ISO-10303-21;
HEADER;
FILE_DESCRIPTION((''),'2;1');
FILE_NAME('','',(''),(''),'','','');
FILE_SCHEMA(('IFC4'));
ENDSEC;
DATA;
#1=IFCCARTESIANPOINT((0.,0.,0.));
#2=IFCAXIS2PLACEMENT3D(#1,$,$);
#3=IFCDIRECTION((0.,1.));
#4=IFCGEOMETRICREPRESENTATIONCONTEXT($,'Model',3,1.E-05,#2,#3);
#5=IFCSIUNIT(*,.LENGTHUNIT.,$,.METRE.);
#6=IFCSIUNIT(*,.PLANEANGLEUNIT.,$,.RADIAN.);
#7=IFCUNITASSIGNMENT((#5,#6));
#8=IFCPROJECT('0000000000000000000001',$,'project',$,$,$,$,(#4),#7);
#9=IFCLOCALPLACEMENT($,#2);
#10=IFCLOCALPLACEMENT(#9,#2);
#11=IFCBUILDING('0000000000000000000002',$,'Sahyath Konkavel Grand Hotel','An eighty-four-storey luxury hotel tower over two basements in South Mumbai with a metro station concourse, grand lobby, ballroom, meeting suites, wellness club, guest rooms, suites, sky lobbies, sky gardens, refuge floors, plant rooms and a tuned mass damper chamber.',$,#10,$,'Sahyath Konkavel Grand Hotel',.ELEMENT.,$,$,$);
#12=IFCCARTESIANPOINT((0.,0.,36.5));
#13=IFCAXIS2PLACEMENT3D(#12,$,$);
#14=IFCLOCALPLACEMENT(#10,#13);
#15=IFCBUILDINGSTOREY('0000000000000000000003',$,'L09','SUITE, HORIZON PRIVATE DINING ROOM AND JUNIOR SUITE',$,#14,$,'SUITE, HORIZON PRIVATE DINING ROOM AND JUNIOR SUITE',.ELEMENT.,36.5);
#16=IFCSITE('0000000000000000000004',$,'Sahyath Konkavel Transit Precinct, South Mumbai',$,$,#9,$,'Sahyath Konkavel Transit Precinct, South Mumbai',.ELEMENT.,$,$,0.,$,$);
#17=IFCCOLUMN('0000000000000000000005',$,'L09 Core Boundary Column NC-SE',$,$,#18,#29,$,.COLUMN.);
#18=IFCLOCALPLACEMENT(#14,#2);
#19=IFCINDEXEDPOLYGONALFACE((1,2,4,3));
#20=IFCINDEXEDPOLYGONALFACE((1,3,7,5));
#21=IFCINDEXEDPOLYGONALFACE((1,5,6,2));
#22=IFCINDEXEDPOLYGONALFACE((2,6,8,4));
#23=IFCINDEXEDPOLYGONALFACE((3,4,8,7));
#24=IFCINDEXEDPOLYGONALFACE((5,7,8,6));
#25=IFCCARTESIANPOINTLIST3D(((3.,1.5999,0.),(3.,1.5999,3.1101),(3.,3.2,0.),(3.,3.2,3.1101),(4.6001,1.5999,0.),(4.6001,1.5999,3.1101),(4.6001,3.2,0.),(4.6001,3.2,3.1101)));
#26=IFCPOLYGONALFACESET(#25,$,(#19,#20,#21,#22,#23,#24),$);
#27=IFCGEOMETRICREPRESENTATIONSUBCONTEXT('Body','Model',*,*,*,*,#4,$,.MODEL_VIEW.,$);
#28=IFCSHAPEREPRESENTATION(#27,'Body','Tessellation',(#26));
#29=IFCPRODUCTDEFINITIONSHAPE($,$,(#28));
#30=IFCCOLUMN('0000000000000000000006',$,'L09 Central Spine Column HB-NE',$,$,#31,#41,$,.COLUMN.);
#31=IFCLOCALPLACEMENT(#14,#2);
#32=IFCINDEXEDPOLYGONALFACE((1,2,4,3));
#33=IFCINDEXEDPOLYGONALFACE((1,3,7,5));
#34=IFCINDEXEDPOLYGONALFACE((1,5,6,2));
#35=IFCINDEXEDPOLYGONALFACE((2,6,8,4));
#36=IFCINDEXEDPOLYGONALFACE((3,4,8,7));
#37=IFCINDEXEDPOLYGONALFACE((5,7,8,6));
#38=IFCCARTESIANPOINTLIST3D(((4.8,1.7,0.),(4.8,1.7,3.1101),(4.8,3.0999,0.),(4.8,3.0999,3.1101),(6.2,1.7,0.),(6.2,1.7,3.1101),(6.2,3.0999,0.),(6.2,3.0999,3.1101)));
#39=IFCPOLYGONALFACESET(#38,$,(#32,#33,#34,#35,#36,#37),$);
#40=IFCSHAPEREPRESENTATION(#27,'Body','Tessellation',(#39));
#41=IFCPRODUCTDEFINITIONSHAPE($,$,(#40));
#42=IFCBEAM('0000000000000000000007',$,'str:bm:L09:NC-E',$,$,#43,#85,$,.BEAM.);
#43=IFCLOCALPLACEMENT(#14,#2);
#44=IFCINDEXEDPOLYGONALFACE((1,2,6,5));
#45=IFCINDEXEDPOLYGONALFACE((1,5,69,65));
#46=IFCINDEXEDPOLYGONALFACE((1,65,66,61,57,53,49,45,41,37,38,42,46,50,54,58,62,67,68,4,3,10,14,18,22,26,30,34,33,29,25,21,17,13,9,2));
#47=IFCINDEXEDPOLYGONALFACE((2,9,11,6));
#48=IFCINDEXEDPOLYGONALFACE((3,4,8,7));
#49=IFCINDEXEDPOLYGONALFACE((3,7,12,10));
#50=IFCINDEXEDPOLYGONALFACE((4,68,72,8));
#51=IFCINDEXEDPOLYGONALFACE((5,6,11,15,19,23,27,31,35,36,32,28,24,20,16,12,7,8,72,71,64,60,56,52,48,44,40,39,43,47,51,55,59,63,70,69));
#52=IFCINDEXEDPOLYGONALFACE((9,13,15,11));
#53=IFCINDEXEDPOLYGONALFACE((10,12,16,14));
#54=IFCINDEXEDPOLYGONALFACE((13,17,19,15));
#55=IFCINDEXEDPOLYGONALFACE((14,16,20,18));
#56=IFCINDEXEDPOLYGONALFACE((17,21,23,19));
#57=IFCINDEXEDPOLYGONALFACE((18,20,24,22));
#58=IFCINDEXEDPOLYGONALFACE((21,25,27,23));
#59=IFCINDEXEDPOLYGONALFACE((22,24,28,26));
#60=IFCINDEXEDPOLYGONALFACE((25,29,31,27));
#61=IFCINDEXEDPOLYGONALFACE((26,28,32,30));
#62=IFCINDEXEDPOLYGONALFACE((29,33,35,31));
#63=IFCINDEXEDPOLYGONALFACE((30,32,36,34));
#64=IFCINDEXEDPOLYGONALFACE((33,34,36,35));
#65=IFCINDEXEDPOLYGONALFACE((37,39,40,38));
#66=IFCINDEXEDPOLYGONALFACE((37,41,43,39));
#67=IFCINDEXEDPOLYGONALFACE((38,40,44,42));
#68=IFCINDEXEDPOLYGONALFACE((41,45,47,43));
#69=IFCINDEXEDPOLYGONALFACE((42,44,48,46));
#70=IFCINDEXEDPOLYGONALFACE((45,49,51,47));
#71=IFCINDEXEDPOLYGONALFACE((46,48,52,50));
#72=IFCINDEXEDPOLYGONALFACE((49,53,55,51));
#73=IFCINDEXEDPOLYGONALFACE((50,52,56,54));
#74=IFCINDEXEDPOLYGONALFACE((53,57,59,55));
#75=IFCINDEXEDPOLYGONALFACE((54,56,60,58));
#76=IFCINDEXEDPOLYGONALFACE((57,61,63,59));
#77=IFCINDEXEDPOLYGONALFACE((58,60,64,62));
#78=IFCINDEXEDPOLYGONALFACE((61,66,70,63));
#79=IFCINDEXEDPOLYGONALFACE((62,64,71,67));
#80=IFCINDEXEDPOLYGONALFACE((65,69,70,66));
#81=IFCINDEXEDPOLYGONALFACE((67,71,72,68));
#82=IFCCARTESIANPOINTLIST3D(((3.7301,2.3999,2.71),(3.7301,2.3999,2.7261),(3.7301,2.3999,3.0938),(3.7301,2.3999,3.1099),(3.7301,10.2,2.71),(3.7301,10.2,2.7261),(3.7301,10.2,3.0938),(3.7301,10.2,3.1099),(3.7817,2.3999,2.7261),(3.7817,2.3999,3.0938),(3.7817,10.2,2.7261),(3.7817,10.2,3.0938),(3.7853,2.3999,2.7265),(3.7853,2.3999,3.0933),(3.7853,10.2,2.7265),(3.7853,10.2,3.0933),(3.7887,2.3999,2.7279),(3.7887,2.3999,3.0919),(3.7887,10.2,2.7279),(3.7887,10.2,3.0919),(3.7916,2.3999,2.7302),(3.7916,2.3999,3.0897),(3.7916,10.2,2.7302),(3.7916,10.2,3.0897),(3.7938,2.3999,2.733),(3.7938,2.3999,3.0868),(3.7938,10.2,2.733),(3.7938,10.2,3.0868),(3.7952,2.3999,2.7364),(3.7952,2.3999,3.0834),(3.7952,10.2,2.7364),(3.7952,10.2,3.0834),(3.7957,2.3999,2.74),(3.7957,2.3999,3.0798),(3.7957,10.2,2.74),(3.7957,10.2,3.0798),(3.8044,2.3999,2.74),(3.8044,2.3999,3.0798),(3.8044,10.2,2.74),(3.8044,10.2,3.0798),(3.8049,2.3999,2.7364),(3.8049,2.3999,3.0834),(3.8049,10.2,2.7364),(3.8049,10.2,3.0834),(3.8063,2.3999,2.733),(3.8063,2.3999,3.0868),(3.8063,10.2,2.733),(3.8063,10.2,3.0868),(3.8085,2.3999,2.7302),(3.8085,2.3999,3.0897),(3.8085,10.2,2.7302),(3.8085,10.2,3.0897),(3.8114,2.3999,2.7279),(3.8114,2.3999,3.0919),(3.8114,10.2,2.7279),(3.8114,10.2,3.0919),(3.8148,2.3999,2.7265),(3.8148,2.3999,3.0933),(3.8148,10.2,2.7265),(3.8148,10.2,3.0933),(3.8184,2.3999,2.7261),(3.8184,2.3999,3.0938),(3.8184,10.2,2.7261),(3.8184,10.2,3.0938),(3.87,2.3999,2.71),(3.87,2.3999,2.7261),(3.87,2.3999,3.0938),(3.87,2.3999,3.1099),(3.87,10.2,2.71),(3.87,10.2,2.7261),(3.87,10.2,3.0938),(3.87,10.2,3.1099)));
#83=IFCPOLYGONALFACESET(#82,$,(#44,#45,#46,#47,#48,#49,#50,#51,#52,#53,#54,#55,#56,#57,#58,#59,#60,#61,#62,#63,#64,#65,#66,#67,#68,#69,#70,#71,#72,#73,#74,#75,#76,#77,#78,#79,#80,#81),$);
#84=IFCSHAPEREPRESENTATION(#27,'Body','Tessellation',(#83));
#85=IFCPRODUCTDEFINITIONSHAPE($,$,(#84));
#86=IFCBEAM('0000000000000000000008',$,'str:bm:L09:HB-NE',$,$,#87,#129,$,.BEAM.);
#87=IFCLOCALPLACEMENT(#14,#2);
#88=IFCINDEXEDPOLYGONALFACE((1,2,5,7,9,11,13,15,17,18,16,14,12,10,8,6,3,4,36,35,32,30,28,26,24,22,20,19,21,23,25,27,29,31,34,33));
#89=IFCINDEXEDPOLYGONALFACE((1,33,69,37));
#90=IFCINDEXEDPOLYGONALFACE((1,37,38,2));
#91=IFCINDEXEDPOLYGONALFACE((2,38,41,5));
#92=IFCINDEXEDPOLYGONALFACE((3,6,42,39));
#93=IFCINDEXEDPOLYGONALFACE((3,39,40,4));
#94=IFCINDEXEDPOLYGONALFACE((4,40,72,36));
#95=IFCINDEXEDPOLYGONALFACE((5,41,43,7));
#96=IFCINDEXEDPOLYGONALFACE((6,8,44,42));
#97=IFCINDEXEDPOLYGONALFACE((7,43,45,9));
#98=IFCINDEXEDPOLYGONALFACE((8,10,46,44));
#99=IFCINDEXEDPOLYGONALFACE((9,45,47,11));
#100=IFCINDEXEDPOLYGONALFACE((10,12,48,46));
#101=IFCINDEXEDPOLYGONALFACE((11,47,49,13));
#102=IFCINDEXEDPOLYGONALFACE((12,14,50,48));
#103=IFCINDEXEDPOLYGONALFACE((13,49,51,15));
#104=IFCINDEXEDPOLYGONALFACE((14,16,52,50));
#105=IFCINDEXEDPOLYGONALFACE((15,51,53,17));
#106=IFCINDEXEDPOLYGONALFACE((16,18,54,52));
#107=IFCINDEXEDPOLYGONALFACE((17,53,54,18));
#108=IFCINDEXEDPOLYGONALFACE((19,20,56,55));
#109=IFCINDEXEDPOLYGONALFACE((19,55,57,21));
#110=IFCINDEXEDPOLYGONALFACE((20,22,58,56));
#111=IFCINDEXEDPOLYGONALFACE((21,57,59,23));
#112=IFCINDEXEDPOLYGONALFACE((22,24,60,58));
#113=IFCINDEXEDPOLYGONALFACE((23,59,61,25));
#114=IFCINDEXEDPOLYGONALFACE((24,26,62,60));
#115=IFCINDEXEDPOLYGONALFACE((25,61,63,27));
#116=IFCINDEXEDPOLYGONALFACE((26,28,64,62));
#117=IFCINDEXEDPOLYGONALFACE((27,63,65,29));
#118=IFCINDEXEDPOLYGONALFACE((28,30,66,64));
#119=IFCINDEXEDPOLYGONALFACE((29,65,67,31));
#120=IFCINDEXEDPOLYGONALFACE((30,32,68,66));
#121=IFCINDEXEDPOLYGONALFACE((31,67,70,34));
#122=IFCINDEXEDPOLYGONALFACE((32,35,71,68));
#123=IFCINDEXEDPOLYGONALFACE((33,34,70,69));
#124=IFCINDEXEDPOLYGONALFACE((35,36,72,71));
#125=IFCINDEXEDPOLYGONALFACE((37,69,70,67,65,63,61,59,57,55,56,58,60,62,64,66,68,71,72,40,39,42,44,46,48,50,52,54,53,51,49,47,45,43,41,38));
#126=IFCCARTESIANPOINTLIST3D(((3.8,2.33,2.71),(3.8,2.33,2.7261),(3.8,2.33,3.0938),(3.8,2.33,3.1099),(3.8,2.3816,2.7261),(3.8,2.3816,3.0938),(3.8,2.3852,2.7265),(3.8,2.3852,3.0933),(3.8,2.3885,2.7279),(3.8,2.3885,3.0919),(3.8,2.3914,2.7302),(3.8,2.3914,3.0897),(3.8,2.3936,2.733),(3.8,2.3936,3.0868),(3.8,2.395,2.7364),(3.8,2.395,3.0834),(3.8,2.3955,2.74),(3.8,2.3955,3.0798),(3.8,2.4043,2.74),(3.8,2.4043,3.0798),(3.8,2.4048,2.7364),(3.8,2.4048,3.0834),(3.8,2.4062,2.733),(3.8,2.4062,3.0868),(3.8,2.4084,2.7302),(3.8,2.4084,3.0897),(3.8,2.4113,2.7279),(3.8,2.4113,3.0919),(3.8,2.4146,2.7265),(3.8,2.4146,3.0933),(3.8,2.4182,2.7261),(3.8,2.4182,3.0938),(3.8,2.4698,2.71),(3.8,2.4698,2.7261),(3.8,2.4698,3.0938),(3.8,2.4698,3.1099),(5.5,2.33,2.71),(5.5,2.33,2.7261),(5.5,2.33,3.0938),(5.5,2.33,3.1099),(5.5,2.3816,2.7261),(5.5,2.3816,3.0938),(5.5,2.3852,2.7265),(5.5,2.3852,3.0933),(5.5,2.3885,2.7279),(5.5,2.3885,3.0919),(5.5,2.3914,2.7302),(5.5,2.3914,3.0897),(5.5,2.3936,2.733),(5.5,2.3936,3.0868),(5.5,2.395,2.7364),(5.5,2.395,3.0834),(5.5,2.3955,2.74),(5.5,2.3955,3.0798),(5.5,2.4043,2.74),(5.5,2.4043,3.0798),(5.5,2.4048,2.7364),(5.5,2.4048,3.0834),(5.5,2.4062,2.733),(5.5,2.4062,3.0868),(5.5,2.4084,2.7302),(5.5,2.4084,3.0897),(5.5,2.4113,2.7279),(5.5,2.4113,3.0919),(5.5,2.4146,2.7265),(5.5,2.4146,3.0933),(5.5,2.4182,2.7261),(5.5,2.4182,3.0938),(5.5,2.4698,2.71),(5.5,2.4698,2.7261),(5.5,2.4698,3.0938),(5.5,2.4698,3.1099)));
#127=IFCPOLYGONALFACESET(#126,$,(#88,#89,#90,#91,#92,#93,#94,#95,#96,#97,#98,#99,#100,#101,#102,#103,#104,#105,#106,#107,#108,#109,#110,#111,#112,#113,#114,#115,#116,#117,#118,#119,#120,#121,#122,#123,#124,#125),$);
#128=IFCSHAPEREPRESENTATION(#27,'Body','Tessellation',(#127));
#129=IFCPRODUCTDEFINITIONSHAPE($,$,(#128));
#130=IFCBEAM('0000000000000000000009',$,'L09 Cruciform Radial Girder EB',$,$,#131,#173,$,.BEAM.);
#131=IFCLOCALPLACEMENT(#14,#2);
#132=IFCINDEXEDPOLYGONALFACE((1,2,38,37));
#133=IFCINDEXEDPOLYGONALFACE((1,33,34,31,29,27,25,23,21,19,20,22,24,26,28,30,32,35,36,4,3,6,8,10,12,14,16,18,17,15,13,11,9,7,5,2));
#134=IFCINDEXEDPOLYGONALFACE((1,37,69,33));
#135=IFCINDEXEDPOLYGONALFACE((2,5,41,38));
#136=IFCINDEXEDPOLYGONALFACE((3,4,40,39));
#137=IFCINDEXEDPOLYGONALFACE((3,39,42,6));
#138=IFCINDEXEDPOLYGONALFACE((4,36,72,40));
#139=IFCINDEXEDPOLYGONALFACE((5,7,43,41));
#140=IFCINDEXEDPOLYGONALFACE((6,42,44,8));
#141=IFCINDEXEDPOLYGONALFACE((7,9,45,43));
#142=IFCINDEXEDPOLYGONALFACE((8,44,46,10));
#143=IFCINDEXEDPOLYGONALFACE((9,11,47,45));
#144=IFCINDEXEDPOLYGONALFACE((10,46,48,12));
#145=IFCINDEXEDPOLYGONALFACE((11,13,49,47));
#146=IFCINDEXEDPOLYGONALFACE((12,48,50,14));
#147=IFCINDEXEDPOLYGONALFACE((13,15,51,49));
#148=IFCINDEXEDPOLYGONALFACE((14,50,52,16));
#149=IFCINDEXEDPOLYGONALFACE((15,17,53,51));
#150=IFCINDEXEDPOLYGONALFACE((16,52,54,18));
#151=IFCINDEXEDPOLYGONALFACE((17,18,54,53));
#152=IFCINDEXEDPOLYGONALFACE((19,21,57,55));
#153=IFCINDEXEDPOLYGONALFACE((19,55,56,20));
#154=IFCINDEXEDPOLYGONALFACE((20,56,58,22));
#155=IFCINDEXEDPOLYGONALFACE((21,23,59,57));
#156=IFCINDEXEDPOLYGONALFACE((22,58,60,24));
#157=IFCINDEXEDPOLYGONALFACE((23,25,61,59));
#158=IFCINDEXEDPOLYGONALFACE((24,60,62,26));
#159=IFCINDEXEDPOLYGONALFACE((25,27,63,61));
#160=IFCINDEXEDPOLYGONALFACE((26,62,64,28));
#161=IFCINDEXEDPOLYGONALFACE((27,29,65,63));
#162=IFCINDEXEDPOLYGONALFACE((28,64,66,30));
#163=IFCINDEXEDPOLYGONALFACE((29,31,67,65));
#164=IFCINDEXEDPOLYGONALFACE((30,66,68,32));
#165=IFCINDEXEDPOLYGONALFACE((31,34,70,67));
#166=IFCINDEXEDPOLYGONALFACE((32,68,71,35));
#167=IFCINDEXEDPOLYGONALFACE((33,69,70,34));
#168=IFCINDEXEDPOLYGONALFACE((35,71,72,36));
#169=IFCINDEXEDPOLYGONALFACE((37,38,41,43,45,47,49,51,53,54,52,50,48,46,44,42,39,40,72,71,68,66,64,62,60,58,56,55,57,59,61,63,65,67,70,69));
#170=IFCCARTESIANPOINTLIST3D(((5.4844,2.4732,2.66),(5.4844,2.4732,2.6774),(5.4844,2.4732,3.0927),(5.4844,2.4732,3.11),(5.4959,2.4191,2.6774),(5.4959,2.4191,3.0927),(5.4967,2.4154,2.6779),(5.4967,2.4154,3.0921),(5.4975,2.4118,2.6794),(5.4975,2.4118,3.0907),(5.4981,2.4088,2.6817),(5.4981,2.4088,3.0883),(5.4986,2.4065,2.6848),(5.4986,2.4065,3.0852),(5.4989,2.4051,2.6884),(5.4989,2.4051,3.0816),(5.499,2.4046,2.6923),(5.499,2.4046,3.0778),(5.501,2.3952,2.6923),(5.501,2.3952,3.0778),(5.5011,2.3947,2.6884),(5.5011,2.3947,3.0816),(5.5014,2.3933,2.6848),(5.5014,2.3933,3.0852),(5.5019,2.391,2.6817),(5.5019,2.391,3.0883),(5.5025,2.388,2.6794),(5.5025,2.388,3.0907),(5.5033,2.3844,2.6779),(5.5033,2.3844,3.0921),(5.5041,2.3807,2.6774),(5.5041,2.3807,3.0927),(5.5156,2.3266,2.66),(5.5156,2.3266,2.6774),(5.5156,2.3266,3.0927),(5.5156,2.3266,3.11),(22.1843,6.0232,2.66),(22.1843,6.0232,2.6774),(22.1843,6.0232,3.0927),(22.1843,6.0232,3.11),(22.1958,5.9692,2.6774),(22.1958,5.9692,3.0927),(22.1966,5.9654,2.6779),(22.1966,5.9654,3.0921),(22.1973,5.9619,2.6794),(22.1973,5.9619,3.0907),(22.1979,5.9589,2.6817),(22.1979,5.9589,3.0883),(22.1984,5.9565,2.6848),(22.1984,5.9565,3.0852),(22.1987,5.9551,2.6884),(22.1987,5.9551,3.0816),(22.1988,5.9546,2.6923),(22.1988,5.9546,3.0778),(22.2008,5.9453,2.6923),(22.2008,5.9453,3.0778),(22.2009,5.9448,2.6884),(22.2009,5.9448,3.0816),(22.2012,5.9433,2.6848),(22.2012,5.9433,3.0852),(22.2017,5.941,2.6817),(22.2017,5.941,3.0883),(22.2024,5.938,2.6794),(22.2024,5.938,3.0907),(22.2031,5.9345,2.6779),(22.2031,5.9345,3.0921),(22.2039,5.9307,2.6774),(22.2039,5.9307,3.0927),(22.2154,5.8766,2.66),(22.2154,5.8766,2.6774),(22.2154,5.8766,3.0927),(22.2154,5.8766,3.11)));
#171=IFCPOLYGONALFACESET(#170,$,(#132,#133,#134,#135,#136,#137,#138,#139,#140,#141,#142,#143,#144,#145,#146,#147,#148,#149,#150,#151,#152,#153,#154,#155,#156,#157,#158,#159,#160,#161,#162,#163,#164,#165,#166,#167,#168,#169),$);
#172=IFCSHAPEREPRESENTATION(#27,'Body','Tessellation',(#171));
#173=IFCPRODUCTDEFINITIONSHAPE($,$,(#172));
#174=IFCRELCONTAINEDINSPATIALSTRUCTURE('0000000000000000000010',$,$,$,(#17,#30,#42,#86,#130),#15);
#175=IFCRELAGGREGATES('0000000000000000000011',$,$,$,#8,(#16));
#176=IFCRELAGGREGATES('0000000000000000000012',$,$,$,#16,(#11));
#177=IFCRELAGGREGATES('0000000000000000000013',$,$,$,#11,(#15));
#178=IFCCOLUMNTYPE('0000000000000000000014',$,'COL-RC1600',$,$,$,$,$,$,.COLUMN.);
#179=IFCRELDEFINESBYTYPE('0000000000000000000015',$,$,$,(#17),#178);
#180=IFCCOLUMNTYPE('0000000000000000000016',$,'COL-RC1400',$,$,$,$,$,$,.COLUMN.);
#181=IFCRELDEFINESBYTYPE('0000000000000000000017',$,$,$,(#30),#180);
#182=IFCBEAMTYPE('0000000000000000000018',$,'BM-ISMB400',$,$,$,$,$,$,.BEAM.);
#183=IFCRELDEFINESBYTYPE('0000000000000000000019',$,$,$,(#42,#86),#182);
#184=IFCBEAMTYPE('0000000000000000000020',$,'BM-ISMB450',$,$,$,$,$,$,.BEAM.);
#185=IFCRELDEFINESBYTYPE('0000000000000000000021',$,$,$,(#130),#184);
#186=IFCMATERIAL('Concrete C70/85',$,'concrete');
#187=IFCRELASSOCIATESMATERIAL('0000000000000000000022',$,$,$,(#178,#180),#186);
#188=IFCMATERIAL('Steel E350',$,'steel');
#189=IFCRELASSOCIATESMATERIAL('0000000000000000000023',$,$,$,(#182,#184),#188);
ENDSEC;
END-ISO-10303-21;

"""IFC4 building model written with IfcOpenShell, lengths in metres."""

from ifc_helpers import new_model, si_unit, direction, frame, origin, origin_2d, place, context, subcontext, project, spatial, rectangle, i_section, extrude, source, transform, mapped, material, material_profile, profile_set, type_object, element, save


model = new_model("IFC4")

# Units and contexts
model_context = context("Model", 3, precision=1e-05, world=origin(), true_north=direction((0.0, 1.0)))
body_context = subcontext(model_context, "Body", "Model", "MODEL_VIEW")
ifc_project = project(units=[si_unit("LENGTHUNIT", "METRE"), si_unit("PLANEANGLEUNIT", "RADIAN")], contexts=[model_context])

# Site, building, storey
site_placement = place(None, origin())
site = spatial("IfcSite", under=ifc_project, at=site_placement, Name="Sahyath Konkavel Transit Precinct, South Mumbai", LongName="Sahyath Konkavel Transit Precinct, South Mumbai", CompositionType="ELEMENT", RefElevation=0.0)
building_placement = place(site_placement, origin())
building = spatial("IfcBuilding", under=site, at=building_placement, Name="Sahyath Konkavel Grand Hotel", Description="An eighty-four-storey luxury hotel tower over two basements in South Mumbai with a metro station concourse, grand lobby, ballroom, meeting suites, wellness club, guest rooms, suites, sky lobbies, sky gardens, refuge floors, plant rooms and a tuned mass damper chamber.", LongName="Sahyath Konkavel Grand Hotel", CompositionType="ELEMENT")
storey_placement = place(building_placement, frame((0.0, 0.0, 36.5)))
storey = spatial("IfcBuildingStorey", under=building, at=storey_placement, Name="L09", Description="SUITE, HORIZON PRIVATE DINING ROOM AND JUNIOR SUITE", LongName="SUITE, HORIZON PRIVATE DINING ROOM AND JUNIOR SUITE", CompositionType="ELEMENT", Elevation=36.5)

# Columns
ifc_material_1 = material(Name="Concrete C70/85", Category="concrete")
ifc_material_profile_1 = material_profile(ifc_material_1, rectangle(XDim=1.6001, YDim=1.6001, at=origin_2d()), Name="RC 1600x1600")
ifc_profile_set_1 = profile_set([ifc_material_profile_1], Name="Concrete C70/85")
column_type_1 = type_object("IfcColumnType", Name="COL-RC1600", PredefinedType="COLUMN", material=ifc_profile_set_1)
shared_shape_1 = source(origin(), body_context, "Body", "SweptSolid", [
    extrude(rectangle(XDim=1.6001, YDim=1.6001, at=origin_2d()), origin(), (0.0, 0.0, 1.0), 3.1101),
])
column_1_placement = place(storey_placement, frame((3.8, 2.3999, 0.0), z_axis=(0.0, 0.0, 1.0), x_axis=(1.0, 0.0, 0.0)))
element("IfcColumn", 1, at=column_1_placement, inside=storey, type_object=column_type_1, Name="L09 Core Boundary Column NC-SE", PredefinedType="COLUMN", context=body_context, shape_type="MappedRepresentation", body=[
    mapped(shared_shape_1, transform((0.0, 0.0, 0.0), scale=1.0)),
])
ifc_material_profile_2 = material_profile(ifc_material_1, rectangle(XDim=1.3999, YDim=1.3999, at=origin_2d()), Name="RC 1400x1400")
ifc_profile_set_2 = profile_set([ifc_material_profile_2], Name="Concrete C70/85")
column_type_2 = type_object("IfcColumnType", Name="COL-RC1400", PredefinedType="COLUMN", material=ifc_profile_set_2)
shared_shape_2 = source(origin(), body_context, "Body", "SweptSolid", [
    extrude(rectangle(XDim=1.3999, YDim=1.3999, at=origin_2d()), origin(), (0.0, 0.0, 1.0), 3.1101),
])
column_2_placement = place(storey_placement, frame((5.5, 2.3999, 0.0), z_axis=(0.0, 0.0, 1.0), x_axis=(1.0, 0.0, 0.0)))
element("IfcColumn", 2, at=column_2_placement, inside=storey, type_object=column_type_2, Name="L09 Central Spine Column HB-NE", PredefinedType="COLUMN", context=body_context, shape_type="MappedRepresentation", body=[
    mapped(shared_shape_2, transform((0.0, 0.0, 0.0), scale=1.0)),
])

# Beams
ifc_material_2 = material(Name="Steel E350", Category="steel")
ifc_material_profile_3 = material_profile(ifc_material_2, i_section(OverallWidth=0.1399, OverallDepth=0.3999, WebThickness=0.0088, FlangeThickness=0.0161, FilletRadius=0.0139, at=origin_2d()), Name="ISMB 400")
ifc_profile_set_3 = profile_set([ifc_material_profile_3], Name="Steel E350")
beam_type_1 = type_object("IfcBeamType", Name="BM-ISMB400", PredefinedType="BEAM", material=ifc_profile_set_3)
shared_shape_3 = source(origin(), body_context, "Body", "SweptSolid", [
    extrude(i_section(OverallWidth=0.1399, OverallDepth=0.3999, WebThickness=0.0088, FlangeThickness=0.0161, FilletRadius=0.0139, at=origin_2d()), origin(), (0.0, 0.0, 1.0), 7.8),
])
beam_1_placement = place(storey_placement, frame((3.8, 2.3999, 2.9099), z_axis=(0.0, 1.0, 0.0), x_axis=(-1.0, 0.0, 0.0)))
element("IfcBeam", 3, at=beam_1_placement, inside=storey, type_object=beam_type_1, Name="str:bm:L09:NC-E", PredefinedType="BEAM", context=body_context, shape_type="MappedRepresentation", body=[
    mapped(shared_shape_3, transform((0.0, 0.0, 0.0), scale=1.0)),
])
shared_shape_4 = source(origin(), body_context, "Body", "SweptSolid", [
    extrude(i_section(OverallWidth=0.1399, OverallDepth=0.3999, WebThickness=0.0088, FlangeThickness=0.0161, FilletRadius=0.0139, at=origin_2d()), origin(), (0.0, 0.0, 1.0), 1.7),
])
beam_2_placement = place(storey_placement, frame((3.8, 2.3999, 2.9099), z_axis=(1.0, 0.0, 0.0), x_axis=(0.0, 1.0, 0.0)))
element("IfcBeam", 4, at=beam_2_placement, inside=storey, type_object=beam_type_1, Name="str:bm:L09:HB-NE", PredefinedType="BEAM", context=body_context, shape_type="MappedRepresentation", body=[
    mapped(shared_shape_4, transform((0.0, 0.0, 0.0), scale=1.0)),
])
ifc_material_profile_4 = material_profile(ifc_material_2, i_section(OverallWidth=0.1499, OverallDepth=0.45, WebThickness=0.0095, FlangeThickness=0.0173, FilletRadius=0.0149, at=origin_2d()), Name="ISMB 450")
ifc_profile_set_4 = profile_set([ifc_material_profile_4], Name="Steel E350")
beam_type_2 = type_object("IfcBeamType", Name="BM-ISMB450", PredefinedType="BEAM", material=ifc_profile_set_4)
shared_shape_5 = source(origin(), body_context, "Body", "SweptSolid", [
    extrude(i_section(OverallWidth=0.1499, OverallDepth=0.45, WebThickness=0.0095, FlangeThickness=0.0173, FilletRadius=0.0149, at=origin_2d()), origin(), (0.0, 0.0, 1.0), 17.073),
])
beam_3_placement = place(storey_placement, frame((5.5, 2.3999, 2.885), z_axis=(0.978143, 0.207932, 0.0), x_axis=(-0.207932, 0.978143, 0.0)))
element("IfcBeam", 5, at=beam_3_placement, inside=storey, type_object=beam_type_2, Name="L09 Cruciform Radial Girder EB", PredefinedType="BEAM", context=body_context, shape_type="MappedRepresentation", body=[
    mapped(shared_shape_5, transform((0.0, 0.0, 0.0), scale=1.0)),
])

save(model, "model.ifc")
